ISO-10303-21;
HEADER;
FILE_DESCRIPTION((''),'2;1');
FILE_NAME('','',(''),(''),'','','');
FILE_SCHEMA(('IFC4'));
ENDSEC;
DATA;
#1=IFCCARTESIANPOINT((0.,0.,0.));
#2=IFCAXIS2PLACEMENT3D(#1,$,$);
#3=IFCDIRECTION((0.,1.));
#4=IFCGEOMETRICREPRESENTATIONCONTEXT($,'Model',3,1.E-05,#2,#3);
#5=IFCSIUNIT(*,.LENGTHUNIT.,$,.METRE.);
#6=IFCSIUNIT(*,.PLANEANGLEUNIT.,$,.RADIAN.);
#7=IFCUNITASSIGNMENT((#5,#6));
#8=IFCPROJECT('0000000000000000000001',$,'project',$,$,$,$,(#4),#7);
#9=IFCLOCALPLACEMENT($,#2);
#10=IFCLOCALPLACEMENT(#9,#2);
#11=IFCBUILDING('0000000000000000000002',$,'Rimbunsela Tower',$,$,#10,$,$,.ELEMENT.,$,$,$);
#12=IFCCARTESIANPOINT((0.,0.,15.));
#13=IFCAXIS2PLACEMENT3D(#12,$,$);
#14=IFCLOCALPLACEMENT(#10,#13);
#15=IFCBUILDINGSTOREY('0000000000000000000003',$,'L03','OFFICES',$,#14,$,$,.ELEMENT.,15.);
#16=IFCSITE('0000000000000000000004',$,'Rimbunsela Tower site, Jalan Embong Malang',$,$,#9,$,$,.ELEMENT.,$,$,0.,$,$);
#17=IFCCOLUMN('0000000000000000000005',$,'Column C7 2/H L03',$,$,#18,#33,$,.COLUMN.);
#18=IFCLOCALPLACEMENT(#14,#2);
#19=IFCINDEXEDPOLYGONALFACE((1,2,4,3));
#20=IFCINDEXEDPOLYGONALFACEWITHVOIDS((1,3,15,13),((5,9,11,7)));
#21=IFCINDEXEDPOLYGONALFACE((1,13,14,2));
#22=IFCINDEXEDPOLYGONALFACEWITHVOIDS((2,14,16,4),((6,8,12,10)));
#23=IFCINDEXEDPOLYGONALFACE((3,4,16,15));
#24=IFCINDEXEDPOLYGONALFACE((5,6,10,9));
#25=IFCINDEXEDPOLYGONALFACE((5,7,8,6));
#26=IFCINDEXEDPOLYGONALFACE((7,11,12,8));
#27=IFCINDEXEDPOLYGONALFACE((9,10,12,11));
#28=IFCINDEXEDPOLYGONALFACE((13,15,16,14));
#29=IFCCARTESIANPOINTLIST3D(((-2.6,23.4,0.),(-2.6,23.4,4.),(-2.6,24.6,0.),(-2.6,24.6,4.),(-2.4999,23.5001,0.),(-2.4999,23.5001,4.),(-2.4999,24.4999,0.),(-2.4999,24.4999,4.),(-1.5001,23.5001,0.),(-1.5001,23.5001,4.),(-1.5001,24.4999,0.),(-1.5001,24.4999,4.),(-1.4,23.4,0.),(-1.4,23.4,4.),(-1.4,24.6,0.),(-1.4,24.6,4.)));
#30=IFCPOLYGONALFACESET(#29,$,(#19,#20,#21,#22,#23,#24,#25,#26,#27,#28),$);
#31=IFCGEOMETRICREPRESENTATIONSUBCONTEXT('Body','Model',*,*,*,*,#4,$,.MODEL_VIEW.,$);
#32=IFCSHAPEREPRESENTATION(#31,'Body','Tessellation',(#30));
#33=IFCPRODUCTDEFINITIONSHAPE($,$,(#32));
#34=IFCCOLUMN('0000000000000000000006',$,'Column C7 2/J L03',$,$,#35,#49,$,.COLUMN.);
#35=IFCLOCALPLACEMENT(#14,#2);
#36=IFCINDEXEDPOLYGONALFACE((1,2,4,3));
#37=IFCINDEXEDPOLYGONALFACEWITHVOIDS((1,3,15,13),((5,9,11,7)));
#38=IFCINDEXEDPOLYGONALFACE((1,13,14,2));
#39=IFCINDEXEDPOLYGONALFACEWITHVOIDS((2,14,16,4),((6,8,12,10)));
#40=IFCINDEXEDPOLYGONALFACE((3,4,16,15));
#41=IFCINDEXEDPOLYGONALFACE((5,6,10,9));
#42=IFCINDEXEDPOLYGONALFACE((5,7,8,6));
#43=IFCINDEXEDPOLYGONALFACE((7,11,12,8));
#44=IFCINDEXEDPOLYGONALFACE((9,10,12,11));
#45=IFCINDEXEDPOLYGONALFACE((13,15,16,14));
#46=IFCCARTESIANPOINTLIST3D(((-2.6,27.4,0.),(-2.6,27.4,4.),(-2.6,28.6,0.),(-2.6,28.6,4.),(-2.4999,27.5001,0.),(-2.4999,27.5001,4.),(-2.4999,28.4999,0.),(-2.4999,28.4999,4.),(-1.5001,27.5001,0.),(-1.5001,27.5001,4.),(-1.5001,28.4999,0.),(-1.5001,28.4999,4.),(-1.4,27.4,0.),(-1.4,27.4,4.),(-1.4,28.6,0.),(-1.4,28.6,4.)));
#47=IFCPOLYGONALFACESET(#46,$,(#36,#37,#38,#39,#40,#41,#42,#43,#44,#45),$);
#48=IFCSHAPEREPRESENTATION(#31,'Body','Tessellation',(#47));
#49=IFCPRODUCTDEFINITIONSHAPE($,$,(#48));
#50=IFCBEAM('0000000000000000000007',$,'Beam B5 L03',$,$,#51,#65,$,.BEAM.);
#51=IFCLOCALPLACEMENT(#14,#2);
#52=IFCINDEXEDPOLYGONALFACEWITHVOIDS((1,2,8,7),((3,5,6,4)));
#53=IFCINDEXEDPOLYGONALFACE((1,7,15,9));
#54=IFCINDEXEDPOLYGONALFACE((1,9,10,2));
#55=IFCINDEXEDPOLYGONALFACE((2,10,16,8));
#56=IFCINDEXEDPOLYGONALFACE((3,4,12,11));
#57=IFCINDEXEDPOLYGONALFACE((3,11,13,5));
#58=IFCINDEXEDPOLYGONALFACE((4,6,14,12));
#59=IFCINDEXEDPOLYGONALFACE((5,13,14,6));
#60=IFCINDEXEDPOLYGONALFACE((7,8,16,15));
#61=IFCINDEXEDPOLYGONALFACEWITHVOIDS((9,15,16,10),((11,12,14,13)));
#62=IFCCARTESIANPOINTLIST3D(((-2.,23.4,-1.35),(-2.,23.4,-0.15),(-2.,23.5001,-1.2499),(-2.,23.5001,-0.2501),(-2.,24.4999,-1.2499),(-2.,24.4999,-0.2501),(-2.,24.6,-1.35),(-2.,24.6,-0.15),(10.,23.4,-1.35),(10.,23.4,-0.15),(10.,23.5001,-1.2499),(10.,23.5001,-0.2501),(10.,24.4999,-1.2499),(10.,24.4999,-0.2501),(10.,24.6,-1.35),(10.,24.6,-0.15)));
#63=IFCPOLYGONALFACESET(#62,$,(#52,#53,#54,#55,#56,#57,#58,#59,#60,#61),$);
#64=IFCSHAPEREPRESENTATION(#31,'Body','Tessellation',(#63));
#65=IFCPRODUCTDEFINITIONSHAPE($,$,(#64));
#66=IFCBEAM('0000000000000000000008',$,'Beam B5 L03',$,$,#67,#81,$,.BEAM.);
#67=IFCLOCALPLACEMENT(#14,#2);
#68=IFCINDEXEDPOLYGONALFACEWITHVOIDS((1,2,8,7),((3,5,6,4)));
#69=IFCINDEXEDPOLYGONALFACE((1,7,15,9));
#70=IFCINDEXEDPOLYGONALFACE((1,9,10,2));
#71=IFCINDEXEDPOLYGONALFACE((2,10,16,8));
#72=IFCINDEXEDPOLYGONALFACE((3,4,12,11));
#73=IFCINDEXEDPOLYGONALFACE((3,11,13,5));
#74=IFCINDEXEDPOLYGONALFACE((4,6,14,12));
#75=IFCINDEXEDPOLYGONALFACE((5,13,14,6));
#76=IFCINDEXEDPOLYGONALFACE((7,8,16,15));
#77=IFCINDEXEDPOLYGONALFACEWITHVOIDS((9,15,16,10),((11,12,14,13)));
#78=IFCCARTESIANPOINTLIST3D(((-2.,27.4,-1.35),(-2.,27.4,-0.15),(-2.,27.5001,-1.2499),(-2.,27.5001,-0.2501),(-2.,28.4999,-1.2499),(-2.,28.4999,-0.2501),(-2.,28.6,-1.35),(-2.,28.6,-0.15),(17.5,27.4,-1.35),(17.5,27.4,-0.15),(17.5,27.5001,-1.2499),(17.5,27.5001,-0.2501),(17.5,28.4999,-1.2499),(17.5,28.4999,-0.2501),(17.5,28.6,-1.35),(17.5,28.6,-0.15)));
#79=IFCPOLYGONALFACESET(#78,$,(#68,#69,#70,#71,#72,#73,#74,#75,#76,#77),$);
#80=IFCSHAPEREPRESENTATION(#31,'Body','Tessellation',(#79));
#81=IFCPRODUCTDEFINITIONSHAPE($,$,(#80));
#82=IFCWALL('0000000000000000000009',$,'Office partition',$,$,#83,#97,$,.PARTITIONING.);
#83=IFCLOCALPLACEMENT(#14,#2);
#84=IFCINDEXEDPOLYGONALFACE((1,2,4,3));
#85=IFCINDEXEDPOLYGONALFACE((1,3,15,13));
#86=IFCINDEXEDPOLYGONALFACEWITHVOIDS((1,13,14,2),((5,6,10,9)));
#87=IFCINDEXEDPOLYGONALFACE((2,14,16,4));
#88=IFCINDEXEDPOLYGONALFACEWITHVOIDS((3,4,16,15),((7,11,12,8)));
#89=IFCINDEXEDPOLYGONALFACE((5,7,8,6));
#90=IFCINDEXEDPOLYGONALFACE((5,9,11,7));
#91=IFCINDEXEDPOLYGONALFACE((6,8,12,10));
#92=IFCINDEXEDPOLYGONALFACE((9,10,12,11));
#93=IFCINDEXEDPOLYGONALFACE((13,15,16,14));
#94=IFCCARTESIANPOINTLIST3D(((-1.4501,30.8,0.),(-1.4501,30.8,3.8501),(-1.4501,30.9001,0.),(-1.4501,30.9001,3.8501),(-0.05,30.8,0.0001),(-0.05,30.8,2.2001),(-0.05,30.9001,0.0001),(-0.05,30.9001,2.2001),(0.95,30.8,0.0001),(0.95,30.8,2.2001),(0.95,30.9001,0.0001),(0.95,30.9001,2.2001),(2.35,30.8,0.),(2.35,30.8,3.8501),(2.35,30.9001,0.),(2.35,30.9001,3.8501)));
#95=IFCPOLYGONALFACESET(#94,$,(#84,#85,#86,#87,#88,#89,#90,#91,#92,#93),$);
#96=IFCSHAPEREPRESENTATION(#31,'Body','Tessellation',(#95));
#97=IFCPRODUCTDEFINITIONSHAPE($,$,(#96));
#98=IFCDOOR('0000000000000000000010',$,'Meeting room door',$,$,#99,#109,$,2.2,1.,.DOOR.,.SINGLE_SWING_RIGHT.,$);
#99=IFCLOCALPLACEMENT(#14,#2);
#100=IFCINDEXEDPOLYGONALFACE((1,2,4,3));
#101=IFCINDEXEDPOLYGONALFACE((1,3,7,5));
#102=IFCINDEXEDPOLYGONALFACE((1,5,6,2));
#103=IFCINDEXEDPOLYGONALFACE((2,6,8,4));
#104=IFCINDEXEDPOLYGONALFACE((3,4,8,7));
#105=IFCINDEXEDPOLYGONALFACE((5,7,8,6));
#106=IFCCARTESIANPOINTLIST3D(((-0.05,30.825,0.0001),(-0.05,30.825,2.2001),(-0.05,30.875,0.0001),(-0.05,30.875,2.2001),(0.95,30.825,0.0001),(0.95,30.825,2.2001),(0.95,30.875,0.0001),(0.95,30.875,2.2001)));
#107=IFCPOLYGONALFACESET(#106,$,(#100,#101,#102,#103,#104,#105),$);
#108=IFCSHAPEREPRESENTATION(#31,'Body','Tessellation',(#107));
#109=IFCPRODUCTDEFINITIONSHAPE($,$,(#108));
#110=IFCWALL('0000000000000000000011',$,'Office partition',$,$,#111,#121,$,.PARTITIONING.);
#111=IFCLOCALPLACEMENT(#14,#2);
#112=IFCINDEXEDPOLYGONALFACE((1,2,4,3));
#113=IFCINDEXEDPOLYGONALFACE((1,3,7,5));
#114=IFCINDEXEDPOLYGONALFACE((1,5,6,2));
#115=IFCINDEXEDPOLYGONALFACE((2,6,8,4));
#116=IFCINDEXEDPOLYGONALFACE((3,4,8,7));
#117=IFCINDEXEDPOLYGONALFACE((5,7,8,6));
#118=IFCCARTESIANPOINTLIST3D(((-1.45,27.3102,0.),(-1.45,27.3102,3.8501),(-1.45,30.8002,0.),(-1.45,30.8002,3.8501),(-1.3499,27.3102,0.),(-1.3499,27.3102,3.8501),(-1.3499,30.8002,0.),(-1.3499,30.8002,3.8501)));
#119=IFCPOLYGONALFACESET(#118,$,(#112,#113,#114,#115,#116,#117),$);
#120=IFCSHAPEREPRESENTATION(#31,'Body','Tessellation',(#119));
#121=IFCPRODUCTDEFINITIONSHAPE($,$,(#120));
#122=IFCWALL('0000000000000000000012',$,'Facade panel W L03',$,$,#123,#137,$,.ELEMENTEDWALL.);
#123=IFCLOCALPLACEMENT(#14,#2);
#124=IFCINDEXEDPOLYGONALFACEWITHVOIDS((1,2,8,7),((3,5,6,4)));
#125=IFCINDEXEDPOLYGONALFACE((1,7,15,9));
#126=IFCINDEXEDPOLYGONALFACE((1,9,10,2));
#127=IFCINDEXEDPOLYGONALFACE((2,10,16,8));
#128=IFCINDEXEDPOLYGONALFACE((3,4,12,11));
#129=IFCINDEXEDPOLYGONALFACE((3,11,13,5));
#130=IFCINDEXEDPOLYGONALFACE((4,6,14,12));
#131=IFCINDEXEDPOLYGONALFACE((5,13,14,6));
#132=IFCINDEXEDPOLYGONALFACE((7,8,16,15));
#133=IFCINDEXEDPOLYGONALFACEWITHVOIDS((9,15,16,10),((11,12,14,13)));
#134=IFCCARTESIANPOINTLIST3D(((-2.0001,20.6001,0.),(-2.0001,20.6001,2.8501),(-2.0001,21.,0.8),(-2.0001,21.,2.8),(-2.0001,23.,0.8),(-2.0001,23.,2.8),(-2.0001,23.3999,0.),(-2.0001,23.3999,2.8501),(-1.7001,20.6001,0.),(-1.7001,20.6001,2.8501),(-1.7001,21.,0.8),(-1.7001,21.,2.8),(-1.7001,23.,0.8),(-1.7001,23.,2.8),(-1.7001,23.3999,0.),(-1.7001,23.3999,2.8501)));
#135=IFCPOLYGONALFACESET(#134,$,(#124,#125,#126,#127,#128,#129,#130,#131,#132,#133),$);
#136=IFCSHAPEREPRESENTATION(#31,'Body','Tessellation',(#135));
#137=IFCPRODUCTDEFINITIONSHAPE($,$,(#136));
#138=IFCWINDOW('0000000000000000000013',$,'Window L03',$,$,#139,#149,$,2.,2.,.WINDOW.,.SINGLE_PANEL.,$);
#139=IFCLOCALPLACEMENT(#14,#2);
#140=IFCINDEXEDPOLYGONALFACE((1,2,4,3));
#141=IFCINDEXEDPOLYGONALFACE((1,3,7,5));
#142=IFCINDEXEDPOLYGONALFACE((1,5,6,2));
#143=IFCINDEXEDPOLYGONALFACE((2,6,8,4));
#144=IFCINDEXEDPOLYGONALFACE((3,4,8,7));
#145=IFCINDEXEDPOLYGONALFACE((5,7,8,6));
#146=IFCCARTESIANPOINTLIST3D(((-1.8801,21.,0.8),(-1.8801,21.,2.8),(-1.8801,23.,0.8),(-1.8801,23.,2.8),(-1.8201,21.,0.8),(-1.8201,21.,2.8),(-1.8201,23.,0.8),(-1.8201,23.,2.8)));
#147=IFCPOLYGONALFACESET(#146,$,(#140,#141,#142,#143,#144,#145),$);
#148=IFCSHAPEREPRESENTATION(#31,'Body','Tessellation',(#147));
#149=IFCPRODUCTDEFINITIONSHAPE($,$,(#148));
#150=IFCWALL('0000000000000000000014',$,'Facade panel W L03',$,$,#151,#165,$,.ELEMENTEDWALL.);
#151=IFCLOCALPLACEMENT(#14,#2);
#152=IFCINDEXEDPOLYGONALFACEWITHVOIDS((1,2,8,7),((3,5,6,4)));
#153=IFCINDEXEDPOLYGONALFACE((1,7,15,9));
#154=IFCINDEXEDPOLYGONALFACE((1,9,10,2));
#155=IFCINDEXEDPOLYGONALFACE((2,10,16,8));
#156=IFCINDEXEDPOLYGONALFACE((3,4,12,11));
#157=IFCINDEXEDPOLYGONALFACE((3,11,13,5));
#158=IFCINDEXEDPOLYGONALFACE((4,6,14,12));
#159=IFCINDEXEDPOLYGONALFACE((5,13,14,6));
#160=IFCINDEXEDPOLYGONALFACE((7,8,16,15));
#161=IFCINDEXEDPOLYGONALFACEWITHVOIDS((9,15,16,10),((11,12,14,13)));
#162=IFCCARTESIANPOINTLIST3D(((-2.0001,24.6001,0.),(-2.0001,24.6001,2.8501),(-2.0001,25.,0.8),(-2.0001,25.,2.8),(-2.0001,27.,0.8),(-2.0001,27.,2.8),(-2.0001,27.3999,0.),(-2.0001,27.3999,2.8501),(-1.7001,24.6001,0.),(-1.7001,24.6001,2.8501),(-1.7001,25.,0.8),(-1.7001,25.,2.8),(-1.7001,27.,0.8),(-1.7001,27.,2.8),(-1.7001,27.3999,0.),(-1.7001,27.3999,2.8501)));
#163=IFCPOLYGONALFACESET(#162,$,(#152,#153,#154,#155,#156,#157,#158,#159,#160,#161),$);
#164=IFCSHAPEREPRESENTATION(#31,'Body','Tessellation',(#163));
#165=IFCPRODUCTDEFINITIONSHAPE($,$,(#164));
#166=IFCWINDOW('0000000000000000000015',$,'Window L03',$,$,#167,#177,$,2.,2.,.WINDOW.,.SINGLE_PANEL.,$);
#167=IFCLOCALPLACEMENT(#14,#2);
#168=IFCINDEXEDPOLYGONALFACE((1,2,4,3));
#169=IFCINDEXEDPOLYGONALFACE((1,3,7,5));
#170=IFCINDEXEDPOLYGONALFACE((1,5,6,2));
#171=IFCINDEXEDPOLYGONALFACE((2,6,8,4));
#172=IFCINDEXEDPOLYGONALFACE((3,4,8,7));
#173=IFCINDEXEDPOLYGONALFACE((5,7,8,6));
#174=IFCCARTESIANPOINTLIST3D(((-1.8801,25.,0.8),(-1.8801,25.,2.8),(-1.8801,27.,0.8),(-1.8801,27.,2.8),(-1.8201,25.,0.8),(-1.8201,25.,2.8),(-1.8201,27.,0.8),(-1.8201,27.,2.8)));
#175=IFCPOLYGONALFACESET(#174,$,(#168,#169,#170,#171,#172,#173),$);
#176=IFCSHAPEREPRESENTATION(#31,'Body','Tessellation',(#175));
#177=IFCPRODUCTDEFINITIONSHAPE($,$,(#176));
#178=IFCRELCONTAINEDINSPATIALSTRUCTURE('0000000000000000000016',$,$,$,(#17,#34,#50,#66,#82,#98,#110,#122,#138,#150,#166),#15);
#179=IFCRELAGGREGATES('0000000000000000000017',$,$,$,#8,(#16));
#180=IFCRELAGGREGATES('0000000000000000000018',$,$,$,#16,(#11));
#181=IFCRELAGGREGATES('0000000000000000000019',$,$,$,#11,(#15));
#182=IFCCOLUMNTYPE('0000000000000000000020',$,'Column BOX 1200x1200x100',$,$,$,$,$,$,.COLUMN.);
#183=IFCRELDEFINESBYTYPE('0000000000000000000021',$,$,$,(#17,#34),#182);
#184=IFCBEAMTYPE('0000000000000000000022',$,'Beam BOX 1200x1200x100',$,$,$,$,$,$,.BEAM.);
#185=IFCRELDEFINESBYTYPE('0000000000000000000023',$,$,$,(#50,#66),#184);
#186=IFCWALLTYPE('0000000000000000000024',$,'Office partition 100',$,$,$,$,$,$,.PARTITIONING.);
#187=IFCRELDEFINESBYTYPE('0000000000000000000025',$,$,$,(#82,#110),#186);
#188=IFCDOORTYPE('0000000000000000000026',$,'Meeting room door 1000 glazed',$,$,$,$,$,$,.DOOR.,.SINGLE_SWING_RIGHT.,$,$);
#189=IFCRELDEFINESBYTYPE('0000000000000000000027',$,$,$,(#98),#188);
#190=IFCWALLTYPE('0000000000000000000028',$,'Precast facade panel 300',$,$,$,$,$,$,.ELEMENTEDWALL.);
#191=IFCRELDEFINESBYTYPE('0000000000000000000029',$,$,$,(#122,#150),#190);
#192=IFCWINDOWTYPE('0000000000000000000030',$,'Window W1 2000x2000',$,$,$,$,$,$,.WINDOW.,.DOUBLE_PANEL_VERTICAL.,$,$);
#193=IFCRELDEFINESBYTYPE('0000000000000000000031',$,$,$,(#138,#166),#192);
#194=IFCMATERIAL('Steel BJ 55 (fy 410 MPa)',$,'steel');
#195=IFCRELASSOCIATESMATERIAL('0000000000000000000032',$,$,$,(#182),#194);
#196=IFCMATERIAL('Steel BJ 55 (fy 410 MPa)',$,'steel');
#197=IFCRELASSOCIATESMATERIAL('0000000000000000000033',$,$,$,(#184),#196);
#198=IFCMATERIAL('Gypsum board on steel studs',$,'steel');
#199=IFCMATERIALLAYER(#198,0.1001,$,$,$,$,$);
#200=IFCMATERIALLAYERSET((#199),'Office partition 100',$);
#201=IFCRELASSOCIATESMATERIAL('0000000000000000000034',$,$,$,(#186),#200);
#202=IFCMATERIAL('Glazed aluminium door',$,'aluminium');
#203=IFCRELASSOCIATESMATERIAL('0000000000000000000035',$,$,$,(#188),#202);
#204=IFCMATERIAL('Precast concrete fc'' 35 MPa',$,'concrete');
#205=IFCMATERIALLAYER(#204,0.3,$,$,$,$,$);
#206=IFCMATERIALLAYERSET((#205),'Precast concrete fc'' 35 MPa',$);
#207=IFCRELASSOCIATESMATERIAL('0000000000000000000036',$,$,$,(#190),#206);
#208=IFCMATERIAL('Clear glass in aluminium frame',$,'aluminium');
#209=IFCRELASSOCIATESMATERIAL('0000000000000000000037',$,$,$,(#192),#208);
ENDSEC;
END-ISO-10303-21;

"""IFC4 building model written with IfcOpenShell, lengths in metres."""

from ifc_helpers import new_model, si_unit, direction, frame, frame_2d, origin, origin_2d, place, context, subcontext, project, spatial, rectangle, hollow_rectangle, extrude, material, layer, layer_set, material_profile, profile_set, type_object, element, fill, save


model = new_model("IFC4")

# Units and contexts
model_context = context("Model", 3, precision=1e-05, world=origin(), true_north=direction((0.0, 1.0)))
body_context = subcontext(model_context, "Body", "Model", "MODEL_VIEW")
ifc_project = project(units=[si_unit("LENGTHUNIT", "METRE"), si_unit("PLANEANGLEUNIT", "RADIAN")], contexts=[model_context])

# Site, building, storey
site_placement = place(None, origin())
site = spatial("IfcSite", under=ifc_project, at=site_placement, Name="Rimbunsela Tower site, Jalan Embong Malang", CompositionType="ELEMENT", RefElevation=0.0)
building_placement = place(site_placement, origin())
building = spatial("IfcBuilding", under=site, at=building_placement, Name="Rimbunsela Tower", CompositionType="ELEMENT")
storey_placement = place(building_placement, frame((0.0, 0.0, 15.0)))
storey = spatial("IfcBuildingStorey", under=building, at=storey_placement, Name="L03", Description="OFFICES", CompositionType="ELEMENT", Elevation=15.0)

# Columns
ifc_material_1 = material(Name="Steel BJ 55 (fy 410 MPa)", Category="steel")
ifc_material_profile_1 = material_profile(ifc_material_1, hollow_rectangle(XDim=1.2, YDim=1.2, WallThickness=0.1001, at=origin_2d()), Name="BOX 1200x1200x100")
ifc_profile_set_1 = profile_set([ifc_material_profile_1], Name="Steel BJ 55 (fy 410 MPa)")
column_type = type_object("IfcColumnType", Name="Column BOX 1200x1200x100", PredefinedType="COLUMN", material=ifc_profile_set_1)
for number, where, z_axis, x_axis, name in (
    (1, (-2.0, 24.0, 0.0), (0.0, 0.0, 1.0), (1.0, 0.0, 0.0), "Column C7 2/H L03"),
    (2, (-2.0, 28.0, 0.0), (0.0, 0.0, 1.0), (1.0, 0.0, 0.0), "Column C7 2/J L03"),
):
    element("IfcColumn", number, at=place(storey_placement, frame(where, z_axis=z_axis, x_axis=x_axis)), inside=storey, type_object=column_type, Name=name, PredefinedType="COLUMN", context=body_context, shape_type="SweptSolid", body=[
        extrude(hollow_rectangle(XDim=1.2, YDim=1.2, WallThickness=0.1001, at=origin_2d()), origin(), (0.0, 0.0, 1.0), 4.0),
    ])

# Beams
ifc_material_2 = material(Name="Steel BJ 55 (fy 410 MPa)", Category="steel")
ifc_material_profile_2 = material_profile(ifc_material_2, hollow_rectangle(XDim=1.2, YDim=1.2, WallThickness=0.1001, at=origin_2d()), Name="BOX 1200x1200x100")
ifc_profile_set_2 = profile_set([ifc_material_profile_2], Name="Steel BJ 55 (fy 410 MPa)")
beam_type = type_object("IfcBeamType", Name="Beam BOX 1200x1200x100", PredefinedType="BEAM", material=ifc_profile_set_2)
beam_1_placement = place(storey_placement, frame((-2.0, 24.0, -0.75), z_axis=(1.0, 0.0, 0.0), x_axis=(0.0, 1.0, 0.0)))
element("IfcBeam", 3, at=beam_1_placement, inside=storey, type_object=beam_type, Name="Beam B5 L03", PredefinedType="BEAM", context=body_context, shape_type="SweptSolid", body=[
    extrude(hollow_rectangle(XDim=1.2, YDim=1.2, WallThickness=0.1001, at=origin_2d()), origin(), (0.0, 0.0, 1.0), 12.0),
])
beam_2_placement = place(storey_placement, frame((-2.0, 28.0, -0.75), z_axis=(1.0, 0.0, 0.0), x_axis=(0.0, 1.0, 0.0)))
element("IfcBeam", 4, at=beam_2_placement, inside=storey, type_object=beam_type, Name="Beam B5 L03", PredefinedType="BEAM", context=body_context, shape_type="SweptSolid", body=[
    extrude(hollow_rectangle(XDim=1.2, YDim=1.2, WallThickness=0.1001, at=origin_2d()), origin(), (0.0, 0.0, 1.0), 19.5),
])

# Wall, opening, door
ifc_material_3 = material(Name="Gypsum board on steel studs", Category="steel")
ifc_layer_1 = layer(ifc_material_3, 0.1001)
ifc_layer_set_1 = layer_set([ifc_layer_1], Name="Office partition 100")
wall_type_1 = type_object("IfcWallType", Name="Office partition 100", PredefinedType="PARTITIONING", material=ifc_layer_set_1)
wall_1_placement = place(storey_placement, frame((-1.45, 30.8501, 0.0), z_axis=(0.0, 0.0, 1.0), x_axis=(1.0, 0.0, 0.0)))
wall_1 = element("IfcWall", 5, at=wall_1_placement, inside=storey, type_object=wall_type_1, Name="Office partition", PredefinedType="PARTITIONING", context=body_context, shape_type="SweptSolid", body=[
    extrude(rectangle(XDim=3.8, YDim=0.1001, at=frame_2d((1.8999, 0.0))), origin(), (0.0, 0.0, 1.0), 3.8501),
])
opening_1_placement = place(wall_1_placement, frame((1.3999, 0.0, 0.0)))
opening_1 = element("IfcOpeningElement", 6, at=opening_1_placement, cuts=wall_1, PredefinedType="OPENING", context=body_context, shape_type="SweptSolid", body=[
    extrude(rectangle(XDim=1.0, YDim=2.2, at=frame_2d((0.5, 1.1001))), frame((0.0, 0.0601, 0.0), z_axis=(0.0, -1.0, 0.0), x_axis=(1.0, 0.0, 0.0)), (0.0, 0.0, 1.0), 0.1201),
])
ifc_material_4 = material(Name="Glazed aluminium door", Category="aluminium")
door_type = type_object("IfcDoorType", Name="Meeting room door 1000 glazed", OperationType="SINGLE_SWING_RIGHT", PredefinedType="DOOR", material=ifc_material_4)
door_placement = place(opening_1_placement, origin())
door = element("IfcDoor", 7, at=door_placement, inside=storey, type_object=door_type, Name="Meeting room door", OperationType="SINGLE_SWING_RIGHT", OverallHeight=2.2, OverallWidth=1.0, PredefinedType="DOOR", context=body_context, shape_type="SweptSolid", body=[
    extrude(rectangle(XDim=1.0, YDim=2.2, at=frame_2d((0.5, 1.1001))), frame((0.0, 0.0249, 0.0), z_axis=(0.0, -1.0, 0.0), x_axis=(1.0, 0.0, 0.0)), (0.0, 0.0, 1.0), 0.05),
])
fill(opening_1, door)

# Wall
wall_2_placement = place(storey_placement, frame((-1.3999, 27.3101, 0.0), z_axis=(0.0, 0.0, 1.0), x_axis=(0.0, 1.0, 0.0)))
element("IfcWall", 8, at=wall_2_placement, inside=storey, type_object=wall_type_1, Name="Office partition", PredefinedType="PARTITIONING", context=body_context, shape_type="SweptSolid", body=[
    extrude(rectangle(XDim=3.49, YDim=0.1001, at=frame_2d((1.7451, 0.0))), origin(), (0.0, 0.0, 1.0), 3.8501),
])

# Walls, openings, windows
ifc_material_5 = material(Name="Precast concrete fc' 35 MPa", Category="concrete")
ifc_layer_2 = layer(ifc_material_5, 0.3)
ifc_layer_set_2 = layer_set([ifc_layer_2], Name="Precast concrete fc' 35 MPa")
wall_type_2 = type_object("IfcWallType", Name="Precast facade panel 300", PredefinedType="ELEMENTEDWALL", material=ifc_layer_set_2)
wall_3_placement = place(storey_placement, frame((-1.8501, 23.3999, 0.0), z_axis=(0.0, 0.0, 1.0), x_axis=(0.0, -1.0, 0.0)))
wall_3 = element("IfcWall", 9, at=wall_3_placement, inside=storey, type_object=wall_type_2, Name="Facade panel W L03", PredefinedType="ELEMENTEDWALL", context=body_context, shape_type="SweptSolid", body=[
    extrude(rectangle(XDim=2.7998, YDim=0.3, at=frame_2d((1.3999, 0.0))), origin(), (0.0, 0.0, 1.0), 2.8501),
])
opening_2_placement = place(wall_3_placement, frame((0.3999, 0.0, 0.8)))
opening_2 = element("IfcOpeningElement", 10, at=opening_2_placement, cuts=wall_3, PredefinedType="OPENING", context=body_context, shape_type="SweptSolid", body=[
    extrude(rectangle(XDim=2.0, YDim=2.0, at=frame_2d((1.0, 1.0))), frame((0.0, 0.1599, 0.0), z_axis=(0.0, -1.0, 0.0), x_axis=(1.0, 0.0, 0.0)), (0.0, 0.0, 1.0), 0.3201),
])
ifc_material_6 = material(Name="Clear glass in aluminium frame", Category="aluminium")
window_type = type_object("IfcWindowType", Name="Window W1 2000x2000", PartitioningType="DOUBLE_PANEL_VERTICAL", PredefinedType="WINDOW", material=ifc_material_6)
window_1_placement = place(opening_2_placement, origin())
window_1 = element("IfcWindow", 11, at=window_1_placement, inside=storey, type_object=window_type, Name="Window L03", OverallHeight=2.0, OverallWidth=2.0, PartitioningType="SINGLE_PANEL", PredefinedType="WINDOW", context=body_context, shape_type="SweptSolid", body=[
    extrude(rectangle(XDim=2.0, YDim=2.0, at=frame_2d((1.0, 1.0))), frame((0.0, 0.03, 0.0), z_axis=(0.0, -1.0, 0.0), x_axis=(1.0, 0.0, 0.0)), (0.0, 0.0, 1.0), 0.0601),
])
fill(opening_2, window_1)
wall_4_placement = place(storey_placement, frame((-1.8501, 27.3999, 0.0), z_axis=(0.0, 0.0, 1.0), x_axis=(0.0, -1.0, 0.0)))
wall_4 = element("IfcWall", 12, at=wall_4_placement, inside=storey, type_object=wall_type_2, Name="Facade panel W L03", PredefinedType="ELEMENTEDWALL", context=body_context, shape_type="SweptSolid", body=[
    extrude(rectangle(XDim=2.7998, YDim=0.3, at=frame_2d((1.3999, 0.0))), origin(), (0.0, 0.0, 1.0), 2.8501),
])
opening_3_placement = place(wall_4_placement, frame((0.3999, 0.0, 0.8)))
opening_3 = element("IfcOpeningElement", 13, at=opening_3_placement, cuts=wall_4, PredefinedType="OPENING", context=body_context, shape_type="SweptSolid", body=[
    extrude(rectangle(XDim=2.0, YDim=2.0, at=frame_2d((1.0, 1.0))), frame((0.0, 0.1599, 0.0), z_axis=(0.0, -1.0, 0.0), x_axis=(1.0, 0.0, 0.0)), (0.0, 0.0, 1.0), 0.3201),
])
window_2_placement = place(opening_3_placement, origin())
window_2 = element("IfcWindow", 14, at=window_2_placement, inside=storey, type_object=window_type, Name="Window L03", OverallHeight=2.0, OverallWidth=2.0, PartitioningType="SINGLE_PANEL", PredefinedType="WINDOW", context=body_context, shape_type="SweptSolid", body=[
    extrude(rectangle(XDim=2.0, YDim=2.0, at=frame_2d((1.0, 1.0))), frame((0.0, 0.03, 0.0), z_axis=(0.0, -1.0, 0.0), x_axis=(1.0, 0.0, 0.0)), (0.0, 0.0, 1.0), 0.0601),
])
fill(opening_3, window_2)

save(model, "model.ifc")
